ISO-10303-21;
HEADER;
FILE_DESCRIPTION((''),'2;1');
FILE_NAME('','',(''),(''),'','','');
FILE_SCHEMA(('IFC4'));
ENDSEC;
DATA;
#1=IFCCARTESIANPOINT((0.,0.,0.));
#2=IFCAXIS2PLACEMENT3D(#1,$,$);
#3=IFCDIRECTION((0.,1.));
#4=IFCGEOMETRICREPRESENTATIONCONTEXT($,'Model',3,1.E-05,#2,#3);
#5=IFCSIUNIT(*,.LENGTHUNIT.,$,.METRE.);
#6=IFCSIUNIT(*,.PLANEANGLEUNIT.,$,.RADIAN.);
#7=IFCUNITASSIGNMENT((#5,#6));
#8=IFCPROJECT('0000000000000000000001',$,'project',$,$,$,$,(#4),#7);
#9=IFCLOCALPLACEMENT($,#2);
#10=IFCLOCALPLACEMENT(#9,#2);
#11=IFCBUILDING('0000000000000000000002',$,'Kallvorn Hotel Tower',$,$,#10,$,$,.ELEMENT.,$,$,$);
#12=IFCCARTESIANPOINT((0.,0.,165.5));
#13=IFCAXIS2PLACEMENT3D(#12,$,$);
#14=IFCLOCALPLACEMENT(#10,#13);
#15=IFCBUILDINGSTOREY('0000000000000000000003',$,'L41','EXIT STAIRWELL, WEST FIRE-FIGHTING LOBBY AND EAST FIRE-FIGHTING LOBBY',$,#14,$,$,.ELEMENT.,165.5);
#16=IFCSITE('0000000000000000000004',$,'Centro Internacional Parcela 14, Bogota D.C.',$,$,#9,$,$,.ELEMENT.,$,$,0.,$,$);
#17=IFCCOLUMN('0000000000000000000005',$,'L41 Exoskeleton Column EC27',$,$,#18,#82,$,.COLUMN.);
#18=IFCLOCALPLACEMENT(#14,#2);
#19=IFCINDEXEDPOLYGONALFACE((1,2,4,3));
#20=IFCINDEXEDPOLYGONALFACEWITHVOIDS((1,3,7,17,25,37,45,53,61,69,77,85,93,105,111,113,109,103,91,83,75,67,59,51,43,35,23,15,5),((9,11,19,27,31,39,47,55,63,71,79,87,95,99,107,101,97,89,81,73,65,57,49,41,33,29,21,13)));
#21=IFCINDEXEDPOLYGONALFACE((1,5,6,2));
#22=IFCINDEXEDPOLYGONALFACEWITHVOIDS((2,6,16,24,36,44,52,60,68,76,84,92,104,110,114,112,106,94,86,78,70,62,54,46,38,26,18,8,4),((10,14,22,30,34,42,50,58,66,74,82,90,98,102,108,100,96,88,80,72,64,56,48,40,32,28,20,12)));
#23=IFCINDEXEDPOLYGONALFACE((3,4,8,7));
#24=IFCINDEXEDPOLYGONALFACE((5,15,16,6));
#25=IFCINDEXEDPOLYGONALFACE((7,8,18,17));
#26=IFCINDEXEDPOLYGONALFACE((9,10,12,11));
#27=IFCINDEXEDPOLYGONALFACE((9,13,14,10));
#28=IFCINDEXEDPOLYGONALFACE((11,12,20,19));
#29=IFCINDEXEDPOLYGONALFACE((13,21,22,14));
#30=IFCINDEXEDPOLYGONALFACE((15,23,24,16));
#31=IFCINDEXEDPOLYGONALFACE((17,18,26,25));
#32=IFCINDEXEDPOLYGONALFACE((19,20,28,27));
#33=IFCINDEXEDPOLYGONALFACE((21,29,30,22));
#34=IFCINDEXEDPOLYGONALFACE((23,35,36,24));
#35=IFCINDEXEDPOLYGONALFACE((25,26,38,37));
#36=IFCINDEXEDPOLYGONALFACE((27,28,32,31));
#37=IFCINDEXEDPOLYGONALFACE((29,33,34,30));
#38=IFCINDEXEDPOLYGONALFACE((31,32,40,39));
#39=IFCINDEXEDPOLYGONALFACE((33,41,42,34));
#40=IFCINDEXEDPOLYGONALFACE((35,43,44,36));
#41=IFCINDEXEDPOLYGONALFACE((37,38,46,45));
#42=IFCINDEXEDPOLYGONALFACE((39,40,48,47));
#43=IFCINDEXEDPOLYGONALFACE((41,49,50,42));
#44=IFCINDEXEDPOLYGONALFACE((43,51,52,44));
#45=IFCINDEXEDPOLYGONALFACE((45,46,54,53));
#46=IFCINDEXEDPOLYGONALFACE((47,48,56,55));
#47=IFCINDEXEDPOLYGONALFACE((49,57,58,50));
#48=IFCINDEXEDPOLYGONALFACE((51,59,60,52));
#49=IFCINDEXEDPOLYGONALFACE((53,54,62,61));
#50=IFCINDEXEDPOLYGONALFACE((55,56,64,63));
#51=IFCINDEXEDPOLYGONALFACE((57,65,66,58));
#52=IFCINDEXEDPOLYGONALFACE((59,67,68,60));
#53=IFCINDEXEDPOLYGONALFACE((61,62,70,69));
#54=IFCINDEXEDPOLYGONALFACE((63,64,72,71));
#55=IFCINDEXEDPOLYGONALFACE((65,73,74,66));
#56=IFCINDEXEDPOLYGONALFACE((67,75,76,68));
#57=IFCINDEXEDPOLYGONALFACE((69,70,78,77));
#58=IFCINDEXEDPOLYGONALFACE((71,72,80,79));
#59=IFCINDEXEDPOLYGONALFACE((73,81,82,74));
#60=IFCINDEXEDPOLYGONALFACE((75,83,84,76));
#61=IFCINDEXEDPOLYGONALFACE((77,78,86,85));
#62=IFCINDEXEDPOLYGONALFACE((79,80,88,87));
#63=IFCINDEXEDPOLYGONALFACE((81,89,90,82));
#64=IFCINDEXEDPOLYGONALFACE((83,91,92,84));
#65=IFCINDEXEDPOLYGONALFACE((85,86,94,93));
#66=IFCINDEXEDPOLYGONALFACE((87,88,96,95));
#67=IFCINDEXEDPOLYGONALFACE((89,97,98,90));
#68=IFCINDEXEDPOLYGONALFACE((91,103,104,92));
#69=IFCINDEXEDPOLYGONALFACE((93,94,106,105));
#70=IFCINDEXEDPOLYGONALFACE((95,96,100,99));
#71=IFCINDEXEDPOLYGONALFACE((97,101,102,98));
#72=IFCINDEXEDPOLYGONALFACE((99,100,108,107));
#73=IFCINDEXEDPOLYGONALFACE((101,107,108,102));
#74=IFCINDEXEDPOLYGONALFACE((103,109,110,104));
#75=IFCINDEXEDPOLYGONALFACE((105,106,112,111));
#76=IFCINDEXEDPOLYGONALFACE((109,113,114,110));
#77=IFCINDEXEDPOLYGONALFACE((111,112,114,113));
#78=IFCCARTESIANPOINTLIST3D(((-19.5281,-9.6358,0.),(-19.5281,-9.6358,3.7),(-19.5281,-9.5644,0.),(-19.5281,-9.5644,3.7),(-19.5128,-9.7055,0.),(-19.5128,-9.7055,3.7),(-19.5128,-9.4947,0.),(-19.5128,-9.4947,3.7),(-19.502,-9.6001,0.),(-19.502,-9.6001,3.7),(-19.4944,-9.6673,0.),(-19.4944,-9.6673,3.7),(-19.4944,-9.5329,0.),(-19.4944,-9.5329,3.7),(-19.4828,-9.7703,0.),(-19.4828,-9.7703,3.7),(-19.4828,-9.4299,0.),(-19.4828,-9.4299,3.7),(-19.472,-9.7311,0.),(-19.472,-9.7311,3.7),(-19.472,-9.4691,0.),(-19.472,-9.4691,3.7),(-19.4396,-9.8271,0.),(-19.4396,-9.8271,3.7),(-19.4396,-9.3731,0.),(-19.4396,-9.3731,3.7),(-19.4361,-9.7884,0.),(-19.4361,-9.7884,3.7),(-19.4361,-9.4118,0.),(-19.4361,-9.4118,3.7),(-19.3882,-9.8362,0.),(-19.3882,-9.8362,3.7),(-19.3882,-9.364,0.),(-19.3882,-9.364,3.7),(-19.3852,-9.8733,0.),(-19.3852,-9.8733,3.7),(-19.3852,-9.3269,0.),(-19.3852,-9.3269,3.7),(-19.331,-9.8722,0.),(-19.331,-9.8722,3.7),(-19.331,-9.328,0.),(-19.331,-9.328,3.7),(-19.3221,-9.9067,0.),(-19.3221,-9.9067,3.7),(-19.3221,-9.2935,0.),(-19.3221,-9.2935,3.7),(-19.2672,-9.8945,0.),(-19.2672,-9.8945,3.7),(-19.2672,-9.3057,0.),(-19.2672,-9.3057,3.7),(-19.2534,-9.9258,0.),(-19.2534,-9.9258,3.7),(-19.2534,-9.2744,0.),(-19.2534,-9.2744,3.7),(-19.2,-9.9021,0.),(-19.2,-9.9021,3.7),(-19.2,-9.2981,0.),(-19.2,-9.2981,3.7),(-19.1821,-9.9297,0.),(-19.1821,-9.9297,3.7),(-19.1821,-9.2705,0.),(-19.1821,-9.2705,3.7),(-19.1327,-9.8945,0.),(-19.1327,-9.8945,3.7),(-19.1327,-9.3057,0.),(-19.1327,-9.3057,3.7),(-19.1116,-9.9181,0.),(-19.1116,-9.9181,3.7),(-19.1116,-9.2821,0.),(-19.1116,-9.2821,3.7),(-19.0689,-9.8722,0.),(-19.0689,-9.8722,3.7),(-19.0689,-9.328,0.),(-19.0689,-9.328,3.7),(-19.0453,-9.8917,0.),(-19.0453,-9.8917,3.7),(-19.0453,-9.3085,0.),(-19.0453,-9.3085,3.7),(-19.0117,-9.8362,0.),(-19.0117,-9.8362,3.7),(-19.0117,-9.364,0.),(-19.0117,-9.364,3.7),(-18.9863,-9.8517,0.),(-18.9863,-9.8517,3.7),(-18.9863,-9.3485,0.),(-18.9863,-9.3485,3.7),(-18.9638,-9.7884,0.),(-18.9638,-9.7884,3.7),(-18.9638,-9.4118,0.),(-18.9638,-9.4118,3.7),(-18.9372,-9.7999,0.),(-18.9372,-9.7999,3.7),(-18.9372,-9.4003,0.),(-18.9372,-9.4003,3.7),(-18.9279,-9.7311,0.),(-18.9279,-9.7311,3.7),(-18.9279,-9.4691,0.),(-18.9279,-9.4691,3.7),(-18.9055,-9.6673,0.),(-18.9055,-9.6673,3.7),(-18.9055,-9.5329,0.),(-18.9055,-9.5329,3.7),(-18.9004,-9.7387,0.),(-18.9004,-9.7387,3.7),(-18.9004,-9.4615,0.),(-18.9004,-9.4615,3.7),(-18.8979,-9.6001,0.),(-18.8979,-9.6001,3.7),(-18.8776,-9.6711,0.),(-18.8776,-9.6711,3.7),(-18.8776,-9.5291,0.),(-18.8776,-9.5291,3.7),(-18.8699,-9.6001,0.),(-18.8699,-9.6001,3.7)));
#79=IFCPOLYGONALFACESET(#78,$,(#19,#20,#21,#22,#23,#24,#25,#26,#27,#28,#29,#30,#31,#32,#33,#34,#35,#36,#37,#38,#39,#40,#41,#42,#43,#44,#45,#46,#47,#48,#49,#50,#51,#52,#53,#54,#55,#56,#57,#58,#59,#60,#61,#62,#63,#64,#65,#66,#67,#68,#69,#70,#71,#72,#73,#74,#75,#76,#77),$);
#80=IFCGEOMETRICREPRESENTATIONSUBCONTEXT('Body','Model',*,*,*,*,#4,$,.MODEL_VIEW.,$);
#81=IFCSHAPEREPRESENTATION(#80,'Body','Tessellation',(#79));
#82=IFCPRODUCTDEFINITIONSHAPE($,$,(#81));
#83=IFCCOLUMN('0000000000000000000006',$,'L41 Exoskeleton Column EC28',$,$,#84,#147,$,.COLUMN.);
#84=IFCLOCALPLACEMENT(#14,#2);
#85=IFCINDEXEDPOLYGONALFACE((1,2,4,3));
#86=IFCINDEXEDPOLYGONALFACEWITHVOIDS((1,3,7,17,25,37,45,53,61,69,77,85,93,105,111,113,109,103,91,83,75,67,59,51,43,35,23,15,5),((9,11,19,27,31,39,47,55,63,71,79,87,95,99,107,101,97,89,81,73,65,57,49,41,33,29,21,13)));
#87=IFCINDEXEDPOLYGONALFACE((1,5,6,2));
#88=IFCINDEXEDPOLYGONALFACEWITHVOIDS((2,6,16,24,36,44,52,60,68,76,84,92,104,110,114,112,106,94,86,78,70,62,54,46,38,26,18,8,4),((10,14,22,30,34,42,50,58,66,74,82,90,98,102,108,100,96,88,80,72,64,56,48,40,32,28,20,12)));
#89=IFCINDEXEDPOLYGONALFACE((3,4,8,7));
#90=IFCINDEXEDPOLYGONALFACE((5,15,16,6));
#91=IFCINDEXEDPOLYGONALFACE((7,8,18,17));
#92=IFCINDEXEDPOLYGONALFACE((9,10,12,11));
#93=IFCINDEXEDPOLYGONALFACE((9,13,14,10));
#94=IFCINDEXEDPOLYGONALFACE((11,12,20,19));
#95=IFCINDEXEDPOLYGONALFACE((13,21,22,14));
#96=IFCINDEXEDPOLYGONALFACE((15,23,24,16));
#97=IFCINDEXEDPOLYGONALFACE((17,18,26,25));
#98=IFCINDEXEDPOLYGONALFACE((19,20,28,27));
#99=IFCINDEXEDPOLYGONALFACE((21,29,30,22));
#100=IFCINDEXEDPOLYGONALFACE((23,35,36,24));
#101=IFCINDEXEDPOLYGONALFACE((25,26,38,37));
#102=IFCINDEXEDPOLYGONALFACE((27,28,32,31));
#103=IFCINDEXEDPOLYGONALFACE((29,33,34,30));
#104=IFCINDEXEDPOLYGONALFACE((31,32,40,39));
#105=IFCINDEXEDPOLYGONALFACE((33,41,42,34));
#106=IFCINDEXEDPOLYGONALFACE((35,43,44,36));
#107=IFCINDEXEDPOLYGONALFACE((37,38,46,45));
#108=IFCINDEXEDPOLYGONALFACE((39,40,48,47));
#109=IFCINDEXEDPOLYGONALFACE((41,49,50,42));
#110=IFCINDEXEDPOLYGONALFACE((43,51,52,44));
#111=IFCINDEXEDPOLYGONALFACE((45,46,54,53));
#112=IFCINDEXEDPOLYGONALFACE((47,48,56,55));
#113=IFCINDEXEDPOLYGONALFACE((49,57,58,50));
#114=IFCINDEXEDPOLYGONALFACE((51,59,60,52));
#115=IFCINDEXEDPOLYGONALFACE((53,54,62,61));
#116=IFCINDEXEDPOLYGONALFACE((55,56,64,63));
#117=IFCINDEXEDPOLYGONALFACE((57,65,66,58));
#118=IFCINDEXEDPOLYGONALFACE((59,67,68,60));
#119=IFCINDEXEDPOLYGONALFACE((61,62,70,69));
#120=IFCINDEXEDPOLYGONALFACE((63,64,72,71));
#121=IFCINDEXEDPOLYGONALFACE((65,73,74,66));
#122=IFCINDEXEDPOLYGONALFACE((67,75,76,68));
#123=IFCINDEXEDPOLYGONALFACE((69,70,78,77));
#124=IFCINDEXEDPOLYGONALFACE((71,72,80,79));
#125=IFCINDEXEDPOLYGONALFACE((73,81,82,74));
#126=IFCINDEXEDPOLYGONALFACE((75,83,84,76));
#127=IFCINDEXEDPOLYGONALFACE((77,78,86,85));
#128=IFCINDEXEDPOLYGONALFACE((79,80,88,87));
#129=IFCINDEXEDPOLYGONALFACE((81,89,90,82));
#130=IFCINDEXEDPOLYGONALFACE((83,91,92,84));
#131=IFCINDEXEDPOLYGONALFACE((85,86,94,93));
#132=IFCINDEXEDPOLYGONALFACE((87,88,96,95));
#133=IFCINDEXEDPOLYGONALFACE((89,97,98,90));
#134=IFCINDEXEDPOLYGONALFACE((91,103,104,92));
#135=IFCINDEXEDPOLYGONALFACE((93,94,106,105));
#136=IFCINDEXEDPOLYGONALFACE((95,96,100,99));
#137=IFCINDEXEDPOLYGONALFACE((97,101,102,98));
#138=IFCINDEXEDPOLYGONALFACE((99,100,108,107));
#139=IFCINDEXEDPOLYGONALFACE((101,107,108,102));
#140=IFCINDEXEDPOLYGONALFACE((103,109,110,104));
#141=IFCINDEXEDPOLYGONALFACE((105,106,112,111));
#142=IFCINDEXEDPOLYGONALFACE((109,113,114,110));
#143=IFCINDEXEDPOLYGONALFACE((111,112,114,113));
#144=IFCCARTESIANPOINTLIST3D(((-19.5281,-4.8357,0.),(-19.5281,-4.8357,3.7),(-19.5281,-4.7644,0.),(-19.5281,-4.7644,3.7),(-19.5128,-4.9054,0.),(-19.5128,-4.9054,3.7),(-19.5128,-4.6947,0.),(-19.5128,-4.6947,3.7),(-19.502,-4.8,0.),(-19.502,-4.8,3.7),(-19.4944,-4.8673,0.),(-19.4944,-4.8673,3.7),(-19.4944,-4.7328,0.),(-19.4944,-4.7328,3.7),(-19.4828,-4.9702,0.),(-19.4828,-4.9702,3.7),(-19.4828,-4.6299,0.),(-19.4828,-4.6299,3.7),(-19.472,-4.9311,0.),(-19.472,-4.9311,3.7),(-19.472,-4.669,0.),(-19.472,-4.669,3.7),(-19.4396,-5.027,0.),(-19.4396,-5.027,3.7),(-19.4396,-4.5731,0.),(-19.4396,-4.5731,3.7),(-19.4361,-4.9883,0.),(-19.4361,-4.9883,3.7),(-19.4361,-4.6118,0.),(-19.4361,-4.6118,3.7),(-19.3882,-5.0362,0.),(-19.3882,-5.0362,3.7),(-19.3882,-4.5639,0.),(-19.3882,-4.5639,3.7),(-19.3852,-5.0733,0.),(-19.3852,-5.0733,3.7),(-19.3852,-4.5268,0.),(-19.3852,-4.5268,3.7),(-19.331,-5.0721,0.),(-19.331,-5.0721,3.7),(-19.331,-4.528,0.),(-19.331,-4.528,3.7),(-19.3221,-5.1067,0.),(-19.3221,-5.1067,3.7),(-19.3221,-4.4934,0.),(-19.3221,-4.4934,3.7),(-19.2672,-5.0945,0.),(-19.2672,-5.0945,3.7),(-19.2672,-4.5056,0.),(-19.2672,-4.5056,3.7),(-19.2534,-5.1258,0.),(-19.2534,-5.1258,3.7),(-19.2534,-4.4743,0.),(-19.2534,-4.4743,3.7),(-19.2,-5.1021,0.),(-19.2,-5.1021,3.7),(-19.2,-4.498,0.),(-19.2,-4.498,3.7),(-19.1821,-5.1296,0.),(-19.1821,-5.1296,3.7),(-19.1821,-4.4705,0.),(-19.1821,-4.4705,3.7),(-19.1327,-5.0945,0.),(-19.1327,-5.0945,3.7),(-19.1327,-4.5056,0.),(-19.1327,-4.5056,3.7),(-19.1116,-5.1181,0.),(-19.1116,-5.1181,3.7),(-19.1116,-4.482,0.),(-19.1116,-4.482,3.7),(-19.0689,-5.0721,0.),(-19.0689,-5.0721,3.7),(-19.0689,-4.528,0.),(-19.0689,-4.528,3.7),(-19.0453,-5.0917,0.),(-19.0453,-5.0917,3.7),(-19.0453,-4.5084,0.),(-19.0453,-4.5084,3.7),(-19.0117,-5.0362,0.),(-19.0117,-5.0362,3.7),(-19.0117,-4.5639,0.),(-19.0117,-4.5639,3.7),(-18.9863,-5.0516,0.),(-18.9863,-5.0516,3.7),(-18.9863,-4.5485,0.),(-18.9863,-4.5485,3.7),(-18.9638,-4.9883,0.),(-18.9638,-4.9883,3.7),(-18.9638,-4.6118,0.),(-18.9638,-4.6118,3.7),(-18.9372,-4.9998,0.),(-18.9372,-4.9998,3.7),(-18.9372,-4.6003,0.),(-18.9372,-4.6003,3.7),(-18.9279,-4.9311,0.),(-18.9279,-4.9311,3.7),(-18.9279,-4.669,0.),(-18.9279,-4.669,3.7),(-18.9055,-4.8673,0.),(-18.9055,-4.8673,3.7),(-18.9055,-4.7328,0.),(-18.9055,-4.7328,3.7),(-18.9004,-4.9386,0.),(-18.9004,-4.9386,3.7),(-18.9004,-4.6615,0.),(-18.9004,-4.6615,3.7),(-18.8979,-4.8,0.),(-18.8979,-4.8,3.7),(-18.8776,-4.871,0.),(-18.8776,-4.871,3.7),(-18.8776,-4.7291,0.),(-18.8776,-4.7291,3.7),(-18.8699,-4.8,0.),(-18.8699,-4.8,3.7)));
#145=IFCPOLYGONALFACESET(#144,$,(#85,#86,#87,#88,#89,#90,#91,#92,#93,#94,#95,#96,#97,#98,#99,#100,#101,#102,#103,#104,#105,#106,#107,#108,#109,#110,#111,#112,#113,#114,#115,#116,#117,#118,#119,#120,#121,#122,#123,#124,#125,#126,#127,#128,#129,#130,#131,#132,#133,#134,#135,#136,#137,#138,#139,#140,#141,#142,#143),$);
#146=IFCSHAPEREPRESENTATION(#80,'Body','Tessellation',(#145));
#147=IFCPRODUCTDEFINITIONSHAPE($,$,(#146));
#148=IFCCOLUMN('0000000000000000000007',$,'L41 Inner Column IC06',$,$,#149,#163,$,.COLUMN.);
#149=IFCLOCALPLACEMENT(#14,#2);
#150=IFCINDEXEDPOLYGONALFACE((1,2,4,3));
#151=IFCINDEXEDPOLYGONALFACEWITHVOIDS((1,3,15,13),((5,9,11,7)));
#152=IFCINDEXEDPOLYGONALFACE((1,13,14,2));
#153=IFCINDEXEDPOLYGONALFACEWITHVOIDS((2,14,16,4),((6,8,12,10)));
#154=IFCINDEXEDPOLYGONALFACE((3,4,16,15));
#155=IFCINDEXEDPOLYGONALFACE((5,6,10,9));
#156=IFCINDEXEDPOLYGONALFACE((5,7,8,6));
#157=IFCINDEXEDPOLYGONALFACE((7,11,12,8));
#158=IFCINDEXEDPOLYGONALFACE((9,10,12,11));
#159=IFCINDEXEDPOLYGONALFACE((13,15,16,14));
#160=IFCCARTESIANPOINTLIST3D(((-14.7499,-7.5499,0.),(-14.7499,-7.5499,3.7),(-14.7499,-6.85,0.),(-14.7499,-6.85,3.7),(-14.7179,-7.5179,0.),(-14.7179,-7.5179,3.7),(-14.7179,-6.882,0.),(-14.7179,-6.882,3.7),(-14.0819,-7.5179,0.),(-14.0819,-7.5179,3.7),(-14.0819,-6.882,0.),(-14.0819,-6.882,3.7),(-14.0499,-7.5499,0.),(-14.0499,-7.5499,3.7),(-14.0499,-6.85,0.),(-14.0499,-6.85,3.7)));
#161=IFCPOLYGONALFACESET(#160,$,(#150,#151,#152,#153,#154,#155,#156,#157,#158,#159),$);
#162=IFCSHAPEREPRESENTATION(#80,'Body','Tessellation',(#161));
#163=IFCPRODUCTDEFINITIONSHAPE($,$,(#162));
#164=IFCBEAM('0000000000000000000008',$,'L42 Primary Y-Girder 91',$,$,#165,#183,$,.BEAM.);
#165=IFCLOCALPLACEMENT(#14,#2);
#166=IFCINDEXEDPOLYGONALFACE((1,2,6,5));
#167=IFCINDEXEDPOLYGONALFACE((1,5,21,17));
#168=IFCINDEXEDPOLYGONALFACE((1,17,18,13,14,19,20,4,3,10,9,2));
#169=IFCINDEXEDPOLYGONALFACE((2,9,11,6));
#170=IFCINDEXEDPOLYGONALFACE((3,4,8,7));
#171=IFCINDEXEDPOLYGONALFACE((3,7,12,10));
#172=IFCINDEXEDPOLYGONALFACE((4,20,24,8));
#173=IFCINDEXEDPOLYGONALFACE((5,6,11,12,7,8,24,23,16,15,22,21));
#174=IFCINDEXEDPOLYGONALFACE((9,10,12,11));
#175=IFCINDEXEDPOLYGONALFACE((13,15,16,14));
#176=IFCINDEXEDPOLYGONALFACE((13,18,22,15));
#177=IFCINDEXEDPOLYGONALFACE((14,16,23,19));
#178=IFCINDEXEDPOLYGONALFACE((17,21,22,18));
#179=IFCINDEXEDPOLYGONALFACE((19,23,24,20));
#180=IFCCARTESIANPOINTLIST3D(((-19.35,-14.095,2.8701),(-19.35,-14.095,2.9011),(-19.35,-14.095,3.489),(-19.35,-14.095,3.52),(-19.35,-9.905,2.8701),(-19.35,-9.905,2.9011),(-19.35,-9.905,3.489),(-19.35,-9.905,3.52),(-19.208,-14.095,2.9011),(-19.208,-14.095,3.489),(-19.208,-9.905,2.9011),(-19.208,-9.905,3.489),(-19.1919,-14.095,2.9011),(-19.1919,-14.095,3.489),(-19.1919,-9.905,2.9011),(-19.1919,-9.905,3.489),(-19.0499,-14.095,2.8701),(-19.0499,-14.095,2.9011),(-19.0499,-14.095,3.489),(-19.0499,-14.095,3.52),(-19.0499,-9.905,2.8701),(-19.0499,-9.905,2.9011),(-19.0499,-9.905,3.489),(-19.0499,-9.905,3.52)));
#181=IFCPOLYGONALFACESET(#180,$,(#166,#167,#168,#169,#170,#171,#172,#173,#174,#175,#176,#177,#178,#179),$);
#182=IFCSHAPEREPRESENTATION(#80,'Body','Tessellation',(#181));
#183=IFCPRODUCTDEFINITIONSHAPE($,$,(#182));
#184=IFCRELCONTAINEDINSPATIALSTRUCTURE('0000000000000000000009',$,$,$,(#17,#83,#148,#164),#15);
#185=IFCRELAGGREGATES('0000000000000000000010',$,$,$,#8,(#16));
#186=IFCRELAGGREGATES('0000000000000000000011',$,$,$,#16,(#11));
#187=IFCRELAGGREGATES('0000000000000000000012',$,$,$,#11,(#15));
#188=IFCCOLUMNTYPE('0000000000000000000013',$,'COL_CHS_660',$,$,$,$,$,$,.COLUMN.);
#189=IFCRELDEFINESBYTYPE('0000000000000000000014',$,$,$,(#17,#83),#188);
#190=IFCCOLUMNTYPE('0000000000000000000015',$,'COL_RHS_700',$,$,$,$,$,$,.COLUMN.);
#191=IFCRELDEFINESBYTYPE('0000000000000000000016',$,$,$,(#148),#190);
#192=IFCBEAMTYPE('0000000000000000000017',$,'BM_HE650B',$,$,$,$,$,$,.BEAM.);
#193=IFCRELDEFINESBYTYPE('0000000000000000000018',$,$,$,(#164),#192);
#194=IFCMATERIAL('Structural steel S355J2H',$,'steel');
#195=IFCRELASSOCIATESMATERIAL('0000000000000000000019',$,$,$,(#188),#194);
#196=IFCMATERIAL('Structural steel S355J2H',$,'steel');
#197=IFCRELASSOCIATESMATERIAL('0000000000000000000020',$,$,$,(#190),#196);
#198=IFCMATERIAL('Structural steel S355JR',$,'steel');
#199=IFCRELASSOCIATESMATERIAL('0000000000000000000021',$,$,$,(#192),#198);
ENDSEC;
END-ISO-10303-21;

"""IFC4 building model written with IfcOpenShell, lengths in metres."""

from ifc_helpers import new_model, si_unit, direction, frame, origin, origin_2d, place, context, subcontext, project, spatial, hollow_rectangle, hollow_circle, i_section, extrude, material, material_profile, profile_set, type_object, element, save


model = new_model("IFC4")

# Units and contexts
model_context = context("Model", 3, precision=1e-05, world=origin(), true_north=direction((0.0, 1.0)))
body_context = subcontext(model_context, "Body", "Model", "MODEL_VIEW")
ifc_project = project(units=[si_unit("LENGTHUNIT", "METRE"), si_unit("PLANEANGLEUNIT", "RADIAN")], contexts=[model_context])

# Site, building, storey
site_placement = place(None, origin())
site = spatial("IfcSite", under=ifc_project, at=site_placement, Name="Centro Internacional Parcela 14, Bogota D.C.", CompositionType="ELEMENT", RefElevation=0.0)
building_placement = place(site_placement, origin())
building = spatial("IfcBuilding", under=site, at=building_placement, Name="Kallvorn Hotel Tower", CompositionType="ELEMENT")
storey_placement = place(building_placement, frame((0.0, 0.0, 165.5)))
storey = spatial("IfcBuildingStorey", under=building, at=storey_placement, Name="L41", Description="EXIT STAIRWELL, WEST FIRE-FIGHTING LOBBY AND EAST FIRE-FIGHTING LOBBY", CompositionType="ELEMENT", Elevation=165.5)

# Columns
ifc_material_1 = material(Name="Structural steel S355J2H", Category="steel")
ifc_material_profile_1 = material_profile(ifc_material_1, hollow_circle(Radius=0.3301, WallThickness=0.0281, at=origin_2d()), Name="CHS 660x28")
ifc_profile_set_1 = profile_set([ifc_material_profile_1], Name="Structural steel S355J2H")
column_type_1 = type_object("IfcColumnType", Name="COL_CHS_660", PredefinedType="COLUMN", material=ifc_profile_set_1)
for number, where, z_axis, x_axis, name in (
    (1, (-19.2, -9.6001, 0.0), (0.0, 0.0, 1.0), (1.0, 0.0, 0.0), "L41 Exoskeleton Column EC27"),
    (2, (-19.2, -4.8, 0.0), (0.0, 0.0, 1.0), (1.0, 0.0, 0.0), "L41 Exoskeleton Column EC28"),
):
    element("IfcColumn", number, at=place(storey_placement, frame(where, z_axis=z_axis, x_axis=x_axis)), inside=storey, type_object=column_type_1, Name=name, PredefinedType="COLUMN", context=body_context, shape_type="SweptSolid", body=[
        extrude(hollow_circle(Radius=0.3301, WallThickness=0.0281, at=origin_2d()), origin(), (0.0, 0.0, 1.0), 3.7),
    ])
ifc_material_2 = material(Name="Structural steel S355J2H", Category="steel")
ifc_material_profile_2 = material_profile(ifc_material_2, hollow_rectangle(XDim=0.7, YDim=0.7, WallThickness=0.032, at=origin_2d()), Name="RHS 700x700x32")
ifc_profile_set_2 = profile_set([ifc_material_profile_2], Name="Structural steel S355J2H")
column_type_2 = type_object("IfcColumnType", Name="COL_RHS_700", PredefinedType="COLUMN", material=ifc_profile_set_2)
column_placement = place(storey_placement, frame((-14.3999, -7.2, 0.0), z_axis=(0.0, 0.0, 1.0), x_axis=(1.0, 0.0, 0.0)))
element("IfcColumn", 3, at=column_placement, inside=storey, type_object=column_type_2, Name="L41 Inner Column IC06", PredefinedType="COLUMN", context=body_context, shape_type="SweptSolid", body=[
    extrude(hollow_rectangle(XDim=0.7, YDim=0.7, WallThickness=0.032, at=origin_2d()), origin(), (0.0, 0.0, 1.0), 3.7),
])

# Beam
ifc_material_3 = material(Name="Structural steel S355JR", Category="steel")
ifc_material_profile_3 = material_profile(ifc_material_3, i_section(OverallWidth=0.3, OverallDepth=0.6499, WebThickness=0.0161, FlangeThickness=0.031, at=origin_2d()), Name="HE 650 B")
ifc_profile_set_3 = profile_set([ifc_material_profile_3], Name="Structural steel S355JR")
beam_type_1 = type_object("IfcBeamType", Name="BM_HE650B", PredefinedType="BEAM", material=ifc_profile_set_3)
beam_1_placement = place(storey_placement, frame((-19.2, -14.095, 3.1951), z_axis=(0.0, 1.0, 0.0), x_axis=(-1.0, 0.0, 0.0)))
element("IfcBeam", 4, at=beam_1_placement, inside=storey, type_object=beam_type_1, Name="L42 Primary Y-Girder 91", PredefinedType="BEAM", context=body_context, shape_type="SweptSolid", body=[
    extrude(i_section(OverallWidth=0.3, OverallDepth=0.6499, WebThickness=0.0161, FlangeThickness=0.031, at=origin_2d()), origin(), (0.0, 0.0, 1.0), 4.1899),
])

save(model, "model.ifc")
